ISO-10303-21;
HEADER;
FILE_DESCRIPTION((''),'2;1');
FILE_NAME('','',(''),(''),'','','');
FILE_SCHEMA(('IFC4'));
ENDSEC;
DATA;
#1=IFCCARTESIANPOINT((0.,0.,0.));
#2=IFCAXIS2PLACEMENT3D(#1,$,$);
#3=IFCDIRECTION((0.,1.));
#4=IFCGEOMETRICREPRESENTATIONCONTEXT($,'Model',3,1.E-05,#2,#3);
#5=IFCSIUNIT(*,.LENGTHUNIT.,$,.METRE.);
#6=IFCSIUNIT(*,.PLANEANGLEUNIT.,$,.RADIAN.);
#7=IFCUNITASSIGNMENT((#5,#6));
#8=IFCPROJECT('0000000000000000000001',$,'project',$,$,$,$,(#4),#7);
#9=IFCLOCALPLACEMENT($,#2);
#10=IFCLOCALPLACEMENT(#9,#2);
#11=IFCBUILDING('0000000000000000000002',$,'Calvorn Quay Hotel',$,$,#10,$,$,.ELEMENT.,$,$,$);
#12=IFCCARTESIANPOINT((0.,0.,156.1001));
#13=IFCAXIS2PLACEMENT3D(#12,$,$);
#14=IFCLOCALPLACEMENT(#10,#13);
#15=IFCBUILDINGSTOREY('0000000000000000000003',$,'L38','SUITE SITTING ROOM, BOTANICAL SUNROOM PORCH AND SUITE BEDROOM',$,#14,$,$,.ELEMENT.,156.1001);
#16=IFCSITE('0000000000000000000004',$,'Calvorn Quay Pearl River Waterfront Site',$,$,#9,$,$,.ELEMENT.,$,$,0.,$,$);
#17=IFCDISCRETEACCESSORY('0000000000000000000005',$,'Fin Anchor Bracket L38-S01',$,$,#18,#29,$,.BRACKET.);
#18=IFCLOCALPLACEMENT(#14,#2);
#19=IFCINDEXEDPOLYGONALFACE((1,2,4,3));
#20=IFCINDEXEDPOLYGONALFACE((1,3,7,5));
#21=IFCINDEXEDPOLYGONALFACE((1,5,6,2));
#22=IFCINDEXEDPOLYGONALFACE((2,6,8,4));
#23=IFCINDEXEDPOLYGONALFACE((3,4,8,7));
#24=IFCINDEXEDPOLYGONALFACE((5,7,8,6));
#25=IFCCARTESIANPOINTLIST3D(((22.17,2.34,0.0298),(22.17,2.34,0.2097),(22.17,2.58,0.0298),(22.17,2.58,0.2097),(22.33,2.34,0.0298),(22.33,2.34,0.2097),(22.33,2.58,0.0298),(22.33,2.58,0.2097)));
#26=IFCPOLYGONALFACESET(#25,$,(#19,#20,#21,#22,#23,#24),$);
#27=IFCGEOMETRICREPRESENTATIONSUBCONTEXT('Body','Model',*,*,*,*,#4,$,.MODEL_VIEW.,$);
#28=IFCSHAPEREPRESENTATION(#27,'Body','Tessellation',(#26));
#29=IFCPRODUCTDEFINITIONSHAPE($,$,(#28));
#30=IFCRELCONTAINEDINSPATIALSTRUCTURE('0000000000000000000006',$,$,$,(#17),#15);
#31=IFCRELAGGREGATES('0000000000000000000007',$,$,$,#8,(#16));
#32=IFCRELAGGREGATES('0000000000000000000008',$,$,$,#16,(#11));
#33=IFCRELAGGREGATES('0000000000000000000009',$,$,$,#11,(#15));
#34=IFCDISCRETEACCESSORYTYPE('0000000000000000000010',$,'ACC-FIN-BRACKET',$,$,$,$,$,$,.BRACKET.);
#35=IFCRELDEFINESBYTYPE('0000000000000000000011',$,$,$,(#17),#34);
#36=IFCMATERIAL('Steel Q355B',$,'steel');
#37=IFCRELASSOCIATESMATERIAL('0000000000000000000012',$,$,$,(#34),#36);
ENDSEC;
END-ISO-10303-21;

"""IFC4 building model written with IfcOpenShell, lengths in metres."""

from ifc_helpers import new_model, si_unit, direction, frame, origin, origin_2d, place, context, subcontext, project, spatial, rectangle, extrude, material, type_object, element, save


model = new_model("IFC4")

# Units and contexts
model_context = context("Model", 3, precision=1e-05, world=origin(), true_north=direction((0.0, 1.0)))
body_context = subcontext(model_context, "Body", "Model", "MODEL_VIEW")
ifc_project = project(units=[si_unit("LENGTHUNIT", "METRE"), si_unit("PLANEANGLEUNIT", "RADIAN")], contexts=[model_context])

# Site, building, storey
site_placement = place(None, origin())
site = spatial("IfcSite", under=ifc_project, at=site_placement, Name="Calvorn Quay Pearl River Waterfront Site", CompositionType="ELEMENT", RefElevation=0.0)
building_placement = place(site_placement, origin())
building = spatial("IfcBuilding", under=site, at=building_placement, Name="Calvorn Quay Hotel", CompositionType="ELEMENT")
storey_placement = place(building_placement, frame((0.0, 0.0, 156.1001)))
storey = spatial("IfcBuildingStorey", under=building, at=storey_placement, Name="L38", Description="SUITE SITTING ROOM, BOTANICAL SUNROOM PORCH AND SUITE BEDROOM", CompositionType="ELEMENT", Elevation=156.1001)

# Discrete accessory
ifc_material_1 = material(Name="Steel Q355B", Category="steel")
discrete_accessory_type = type_object("IfcDiscreteAccessoryType", Name="ACC-FIN-BRACKET", PredefinedType="BRACKET", material=ifc_material_1)
discrete_accessory_placement = place(storey_placement, frame((22.25, 2.46, 0.0298), z_axis=(0.0, 0.0, 1.0), x_axis=(0.0, 1.0, 0.0)))
element("IfcDiscreteAccessory", 1, at=discrete_accessory_placement, inside=storey, type_object=discrete_accessory_type, Name="Fin Anchor Bracket L38-S01", PredefinedType="BRACKET", context=body_context, shape_type="SweptSolid", body=[
    extrude(rectangle(XDim=0.24, YDim=0.1599, at=origin_2d()), origin(), (0.0, 0.0, 1.0), 0.1799),
])

save(model, "model.ifc")
